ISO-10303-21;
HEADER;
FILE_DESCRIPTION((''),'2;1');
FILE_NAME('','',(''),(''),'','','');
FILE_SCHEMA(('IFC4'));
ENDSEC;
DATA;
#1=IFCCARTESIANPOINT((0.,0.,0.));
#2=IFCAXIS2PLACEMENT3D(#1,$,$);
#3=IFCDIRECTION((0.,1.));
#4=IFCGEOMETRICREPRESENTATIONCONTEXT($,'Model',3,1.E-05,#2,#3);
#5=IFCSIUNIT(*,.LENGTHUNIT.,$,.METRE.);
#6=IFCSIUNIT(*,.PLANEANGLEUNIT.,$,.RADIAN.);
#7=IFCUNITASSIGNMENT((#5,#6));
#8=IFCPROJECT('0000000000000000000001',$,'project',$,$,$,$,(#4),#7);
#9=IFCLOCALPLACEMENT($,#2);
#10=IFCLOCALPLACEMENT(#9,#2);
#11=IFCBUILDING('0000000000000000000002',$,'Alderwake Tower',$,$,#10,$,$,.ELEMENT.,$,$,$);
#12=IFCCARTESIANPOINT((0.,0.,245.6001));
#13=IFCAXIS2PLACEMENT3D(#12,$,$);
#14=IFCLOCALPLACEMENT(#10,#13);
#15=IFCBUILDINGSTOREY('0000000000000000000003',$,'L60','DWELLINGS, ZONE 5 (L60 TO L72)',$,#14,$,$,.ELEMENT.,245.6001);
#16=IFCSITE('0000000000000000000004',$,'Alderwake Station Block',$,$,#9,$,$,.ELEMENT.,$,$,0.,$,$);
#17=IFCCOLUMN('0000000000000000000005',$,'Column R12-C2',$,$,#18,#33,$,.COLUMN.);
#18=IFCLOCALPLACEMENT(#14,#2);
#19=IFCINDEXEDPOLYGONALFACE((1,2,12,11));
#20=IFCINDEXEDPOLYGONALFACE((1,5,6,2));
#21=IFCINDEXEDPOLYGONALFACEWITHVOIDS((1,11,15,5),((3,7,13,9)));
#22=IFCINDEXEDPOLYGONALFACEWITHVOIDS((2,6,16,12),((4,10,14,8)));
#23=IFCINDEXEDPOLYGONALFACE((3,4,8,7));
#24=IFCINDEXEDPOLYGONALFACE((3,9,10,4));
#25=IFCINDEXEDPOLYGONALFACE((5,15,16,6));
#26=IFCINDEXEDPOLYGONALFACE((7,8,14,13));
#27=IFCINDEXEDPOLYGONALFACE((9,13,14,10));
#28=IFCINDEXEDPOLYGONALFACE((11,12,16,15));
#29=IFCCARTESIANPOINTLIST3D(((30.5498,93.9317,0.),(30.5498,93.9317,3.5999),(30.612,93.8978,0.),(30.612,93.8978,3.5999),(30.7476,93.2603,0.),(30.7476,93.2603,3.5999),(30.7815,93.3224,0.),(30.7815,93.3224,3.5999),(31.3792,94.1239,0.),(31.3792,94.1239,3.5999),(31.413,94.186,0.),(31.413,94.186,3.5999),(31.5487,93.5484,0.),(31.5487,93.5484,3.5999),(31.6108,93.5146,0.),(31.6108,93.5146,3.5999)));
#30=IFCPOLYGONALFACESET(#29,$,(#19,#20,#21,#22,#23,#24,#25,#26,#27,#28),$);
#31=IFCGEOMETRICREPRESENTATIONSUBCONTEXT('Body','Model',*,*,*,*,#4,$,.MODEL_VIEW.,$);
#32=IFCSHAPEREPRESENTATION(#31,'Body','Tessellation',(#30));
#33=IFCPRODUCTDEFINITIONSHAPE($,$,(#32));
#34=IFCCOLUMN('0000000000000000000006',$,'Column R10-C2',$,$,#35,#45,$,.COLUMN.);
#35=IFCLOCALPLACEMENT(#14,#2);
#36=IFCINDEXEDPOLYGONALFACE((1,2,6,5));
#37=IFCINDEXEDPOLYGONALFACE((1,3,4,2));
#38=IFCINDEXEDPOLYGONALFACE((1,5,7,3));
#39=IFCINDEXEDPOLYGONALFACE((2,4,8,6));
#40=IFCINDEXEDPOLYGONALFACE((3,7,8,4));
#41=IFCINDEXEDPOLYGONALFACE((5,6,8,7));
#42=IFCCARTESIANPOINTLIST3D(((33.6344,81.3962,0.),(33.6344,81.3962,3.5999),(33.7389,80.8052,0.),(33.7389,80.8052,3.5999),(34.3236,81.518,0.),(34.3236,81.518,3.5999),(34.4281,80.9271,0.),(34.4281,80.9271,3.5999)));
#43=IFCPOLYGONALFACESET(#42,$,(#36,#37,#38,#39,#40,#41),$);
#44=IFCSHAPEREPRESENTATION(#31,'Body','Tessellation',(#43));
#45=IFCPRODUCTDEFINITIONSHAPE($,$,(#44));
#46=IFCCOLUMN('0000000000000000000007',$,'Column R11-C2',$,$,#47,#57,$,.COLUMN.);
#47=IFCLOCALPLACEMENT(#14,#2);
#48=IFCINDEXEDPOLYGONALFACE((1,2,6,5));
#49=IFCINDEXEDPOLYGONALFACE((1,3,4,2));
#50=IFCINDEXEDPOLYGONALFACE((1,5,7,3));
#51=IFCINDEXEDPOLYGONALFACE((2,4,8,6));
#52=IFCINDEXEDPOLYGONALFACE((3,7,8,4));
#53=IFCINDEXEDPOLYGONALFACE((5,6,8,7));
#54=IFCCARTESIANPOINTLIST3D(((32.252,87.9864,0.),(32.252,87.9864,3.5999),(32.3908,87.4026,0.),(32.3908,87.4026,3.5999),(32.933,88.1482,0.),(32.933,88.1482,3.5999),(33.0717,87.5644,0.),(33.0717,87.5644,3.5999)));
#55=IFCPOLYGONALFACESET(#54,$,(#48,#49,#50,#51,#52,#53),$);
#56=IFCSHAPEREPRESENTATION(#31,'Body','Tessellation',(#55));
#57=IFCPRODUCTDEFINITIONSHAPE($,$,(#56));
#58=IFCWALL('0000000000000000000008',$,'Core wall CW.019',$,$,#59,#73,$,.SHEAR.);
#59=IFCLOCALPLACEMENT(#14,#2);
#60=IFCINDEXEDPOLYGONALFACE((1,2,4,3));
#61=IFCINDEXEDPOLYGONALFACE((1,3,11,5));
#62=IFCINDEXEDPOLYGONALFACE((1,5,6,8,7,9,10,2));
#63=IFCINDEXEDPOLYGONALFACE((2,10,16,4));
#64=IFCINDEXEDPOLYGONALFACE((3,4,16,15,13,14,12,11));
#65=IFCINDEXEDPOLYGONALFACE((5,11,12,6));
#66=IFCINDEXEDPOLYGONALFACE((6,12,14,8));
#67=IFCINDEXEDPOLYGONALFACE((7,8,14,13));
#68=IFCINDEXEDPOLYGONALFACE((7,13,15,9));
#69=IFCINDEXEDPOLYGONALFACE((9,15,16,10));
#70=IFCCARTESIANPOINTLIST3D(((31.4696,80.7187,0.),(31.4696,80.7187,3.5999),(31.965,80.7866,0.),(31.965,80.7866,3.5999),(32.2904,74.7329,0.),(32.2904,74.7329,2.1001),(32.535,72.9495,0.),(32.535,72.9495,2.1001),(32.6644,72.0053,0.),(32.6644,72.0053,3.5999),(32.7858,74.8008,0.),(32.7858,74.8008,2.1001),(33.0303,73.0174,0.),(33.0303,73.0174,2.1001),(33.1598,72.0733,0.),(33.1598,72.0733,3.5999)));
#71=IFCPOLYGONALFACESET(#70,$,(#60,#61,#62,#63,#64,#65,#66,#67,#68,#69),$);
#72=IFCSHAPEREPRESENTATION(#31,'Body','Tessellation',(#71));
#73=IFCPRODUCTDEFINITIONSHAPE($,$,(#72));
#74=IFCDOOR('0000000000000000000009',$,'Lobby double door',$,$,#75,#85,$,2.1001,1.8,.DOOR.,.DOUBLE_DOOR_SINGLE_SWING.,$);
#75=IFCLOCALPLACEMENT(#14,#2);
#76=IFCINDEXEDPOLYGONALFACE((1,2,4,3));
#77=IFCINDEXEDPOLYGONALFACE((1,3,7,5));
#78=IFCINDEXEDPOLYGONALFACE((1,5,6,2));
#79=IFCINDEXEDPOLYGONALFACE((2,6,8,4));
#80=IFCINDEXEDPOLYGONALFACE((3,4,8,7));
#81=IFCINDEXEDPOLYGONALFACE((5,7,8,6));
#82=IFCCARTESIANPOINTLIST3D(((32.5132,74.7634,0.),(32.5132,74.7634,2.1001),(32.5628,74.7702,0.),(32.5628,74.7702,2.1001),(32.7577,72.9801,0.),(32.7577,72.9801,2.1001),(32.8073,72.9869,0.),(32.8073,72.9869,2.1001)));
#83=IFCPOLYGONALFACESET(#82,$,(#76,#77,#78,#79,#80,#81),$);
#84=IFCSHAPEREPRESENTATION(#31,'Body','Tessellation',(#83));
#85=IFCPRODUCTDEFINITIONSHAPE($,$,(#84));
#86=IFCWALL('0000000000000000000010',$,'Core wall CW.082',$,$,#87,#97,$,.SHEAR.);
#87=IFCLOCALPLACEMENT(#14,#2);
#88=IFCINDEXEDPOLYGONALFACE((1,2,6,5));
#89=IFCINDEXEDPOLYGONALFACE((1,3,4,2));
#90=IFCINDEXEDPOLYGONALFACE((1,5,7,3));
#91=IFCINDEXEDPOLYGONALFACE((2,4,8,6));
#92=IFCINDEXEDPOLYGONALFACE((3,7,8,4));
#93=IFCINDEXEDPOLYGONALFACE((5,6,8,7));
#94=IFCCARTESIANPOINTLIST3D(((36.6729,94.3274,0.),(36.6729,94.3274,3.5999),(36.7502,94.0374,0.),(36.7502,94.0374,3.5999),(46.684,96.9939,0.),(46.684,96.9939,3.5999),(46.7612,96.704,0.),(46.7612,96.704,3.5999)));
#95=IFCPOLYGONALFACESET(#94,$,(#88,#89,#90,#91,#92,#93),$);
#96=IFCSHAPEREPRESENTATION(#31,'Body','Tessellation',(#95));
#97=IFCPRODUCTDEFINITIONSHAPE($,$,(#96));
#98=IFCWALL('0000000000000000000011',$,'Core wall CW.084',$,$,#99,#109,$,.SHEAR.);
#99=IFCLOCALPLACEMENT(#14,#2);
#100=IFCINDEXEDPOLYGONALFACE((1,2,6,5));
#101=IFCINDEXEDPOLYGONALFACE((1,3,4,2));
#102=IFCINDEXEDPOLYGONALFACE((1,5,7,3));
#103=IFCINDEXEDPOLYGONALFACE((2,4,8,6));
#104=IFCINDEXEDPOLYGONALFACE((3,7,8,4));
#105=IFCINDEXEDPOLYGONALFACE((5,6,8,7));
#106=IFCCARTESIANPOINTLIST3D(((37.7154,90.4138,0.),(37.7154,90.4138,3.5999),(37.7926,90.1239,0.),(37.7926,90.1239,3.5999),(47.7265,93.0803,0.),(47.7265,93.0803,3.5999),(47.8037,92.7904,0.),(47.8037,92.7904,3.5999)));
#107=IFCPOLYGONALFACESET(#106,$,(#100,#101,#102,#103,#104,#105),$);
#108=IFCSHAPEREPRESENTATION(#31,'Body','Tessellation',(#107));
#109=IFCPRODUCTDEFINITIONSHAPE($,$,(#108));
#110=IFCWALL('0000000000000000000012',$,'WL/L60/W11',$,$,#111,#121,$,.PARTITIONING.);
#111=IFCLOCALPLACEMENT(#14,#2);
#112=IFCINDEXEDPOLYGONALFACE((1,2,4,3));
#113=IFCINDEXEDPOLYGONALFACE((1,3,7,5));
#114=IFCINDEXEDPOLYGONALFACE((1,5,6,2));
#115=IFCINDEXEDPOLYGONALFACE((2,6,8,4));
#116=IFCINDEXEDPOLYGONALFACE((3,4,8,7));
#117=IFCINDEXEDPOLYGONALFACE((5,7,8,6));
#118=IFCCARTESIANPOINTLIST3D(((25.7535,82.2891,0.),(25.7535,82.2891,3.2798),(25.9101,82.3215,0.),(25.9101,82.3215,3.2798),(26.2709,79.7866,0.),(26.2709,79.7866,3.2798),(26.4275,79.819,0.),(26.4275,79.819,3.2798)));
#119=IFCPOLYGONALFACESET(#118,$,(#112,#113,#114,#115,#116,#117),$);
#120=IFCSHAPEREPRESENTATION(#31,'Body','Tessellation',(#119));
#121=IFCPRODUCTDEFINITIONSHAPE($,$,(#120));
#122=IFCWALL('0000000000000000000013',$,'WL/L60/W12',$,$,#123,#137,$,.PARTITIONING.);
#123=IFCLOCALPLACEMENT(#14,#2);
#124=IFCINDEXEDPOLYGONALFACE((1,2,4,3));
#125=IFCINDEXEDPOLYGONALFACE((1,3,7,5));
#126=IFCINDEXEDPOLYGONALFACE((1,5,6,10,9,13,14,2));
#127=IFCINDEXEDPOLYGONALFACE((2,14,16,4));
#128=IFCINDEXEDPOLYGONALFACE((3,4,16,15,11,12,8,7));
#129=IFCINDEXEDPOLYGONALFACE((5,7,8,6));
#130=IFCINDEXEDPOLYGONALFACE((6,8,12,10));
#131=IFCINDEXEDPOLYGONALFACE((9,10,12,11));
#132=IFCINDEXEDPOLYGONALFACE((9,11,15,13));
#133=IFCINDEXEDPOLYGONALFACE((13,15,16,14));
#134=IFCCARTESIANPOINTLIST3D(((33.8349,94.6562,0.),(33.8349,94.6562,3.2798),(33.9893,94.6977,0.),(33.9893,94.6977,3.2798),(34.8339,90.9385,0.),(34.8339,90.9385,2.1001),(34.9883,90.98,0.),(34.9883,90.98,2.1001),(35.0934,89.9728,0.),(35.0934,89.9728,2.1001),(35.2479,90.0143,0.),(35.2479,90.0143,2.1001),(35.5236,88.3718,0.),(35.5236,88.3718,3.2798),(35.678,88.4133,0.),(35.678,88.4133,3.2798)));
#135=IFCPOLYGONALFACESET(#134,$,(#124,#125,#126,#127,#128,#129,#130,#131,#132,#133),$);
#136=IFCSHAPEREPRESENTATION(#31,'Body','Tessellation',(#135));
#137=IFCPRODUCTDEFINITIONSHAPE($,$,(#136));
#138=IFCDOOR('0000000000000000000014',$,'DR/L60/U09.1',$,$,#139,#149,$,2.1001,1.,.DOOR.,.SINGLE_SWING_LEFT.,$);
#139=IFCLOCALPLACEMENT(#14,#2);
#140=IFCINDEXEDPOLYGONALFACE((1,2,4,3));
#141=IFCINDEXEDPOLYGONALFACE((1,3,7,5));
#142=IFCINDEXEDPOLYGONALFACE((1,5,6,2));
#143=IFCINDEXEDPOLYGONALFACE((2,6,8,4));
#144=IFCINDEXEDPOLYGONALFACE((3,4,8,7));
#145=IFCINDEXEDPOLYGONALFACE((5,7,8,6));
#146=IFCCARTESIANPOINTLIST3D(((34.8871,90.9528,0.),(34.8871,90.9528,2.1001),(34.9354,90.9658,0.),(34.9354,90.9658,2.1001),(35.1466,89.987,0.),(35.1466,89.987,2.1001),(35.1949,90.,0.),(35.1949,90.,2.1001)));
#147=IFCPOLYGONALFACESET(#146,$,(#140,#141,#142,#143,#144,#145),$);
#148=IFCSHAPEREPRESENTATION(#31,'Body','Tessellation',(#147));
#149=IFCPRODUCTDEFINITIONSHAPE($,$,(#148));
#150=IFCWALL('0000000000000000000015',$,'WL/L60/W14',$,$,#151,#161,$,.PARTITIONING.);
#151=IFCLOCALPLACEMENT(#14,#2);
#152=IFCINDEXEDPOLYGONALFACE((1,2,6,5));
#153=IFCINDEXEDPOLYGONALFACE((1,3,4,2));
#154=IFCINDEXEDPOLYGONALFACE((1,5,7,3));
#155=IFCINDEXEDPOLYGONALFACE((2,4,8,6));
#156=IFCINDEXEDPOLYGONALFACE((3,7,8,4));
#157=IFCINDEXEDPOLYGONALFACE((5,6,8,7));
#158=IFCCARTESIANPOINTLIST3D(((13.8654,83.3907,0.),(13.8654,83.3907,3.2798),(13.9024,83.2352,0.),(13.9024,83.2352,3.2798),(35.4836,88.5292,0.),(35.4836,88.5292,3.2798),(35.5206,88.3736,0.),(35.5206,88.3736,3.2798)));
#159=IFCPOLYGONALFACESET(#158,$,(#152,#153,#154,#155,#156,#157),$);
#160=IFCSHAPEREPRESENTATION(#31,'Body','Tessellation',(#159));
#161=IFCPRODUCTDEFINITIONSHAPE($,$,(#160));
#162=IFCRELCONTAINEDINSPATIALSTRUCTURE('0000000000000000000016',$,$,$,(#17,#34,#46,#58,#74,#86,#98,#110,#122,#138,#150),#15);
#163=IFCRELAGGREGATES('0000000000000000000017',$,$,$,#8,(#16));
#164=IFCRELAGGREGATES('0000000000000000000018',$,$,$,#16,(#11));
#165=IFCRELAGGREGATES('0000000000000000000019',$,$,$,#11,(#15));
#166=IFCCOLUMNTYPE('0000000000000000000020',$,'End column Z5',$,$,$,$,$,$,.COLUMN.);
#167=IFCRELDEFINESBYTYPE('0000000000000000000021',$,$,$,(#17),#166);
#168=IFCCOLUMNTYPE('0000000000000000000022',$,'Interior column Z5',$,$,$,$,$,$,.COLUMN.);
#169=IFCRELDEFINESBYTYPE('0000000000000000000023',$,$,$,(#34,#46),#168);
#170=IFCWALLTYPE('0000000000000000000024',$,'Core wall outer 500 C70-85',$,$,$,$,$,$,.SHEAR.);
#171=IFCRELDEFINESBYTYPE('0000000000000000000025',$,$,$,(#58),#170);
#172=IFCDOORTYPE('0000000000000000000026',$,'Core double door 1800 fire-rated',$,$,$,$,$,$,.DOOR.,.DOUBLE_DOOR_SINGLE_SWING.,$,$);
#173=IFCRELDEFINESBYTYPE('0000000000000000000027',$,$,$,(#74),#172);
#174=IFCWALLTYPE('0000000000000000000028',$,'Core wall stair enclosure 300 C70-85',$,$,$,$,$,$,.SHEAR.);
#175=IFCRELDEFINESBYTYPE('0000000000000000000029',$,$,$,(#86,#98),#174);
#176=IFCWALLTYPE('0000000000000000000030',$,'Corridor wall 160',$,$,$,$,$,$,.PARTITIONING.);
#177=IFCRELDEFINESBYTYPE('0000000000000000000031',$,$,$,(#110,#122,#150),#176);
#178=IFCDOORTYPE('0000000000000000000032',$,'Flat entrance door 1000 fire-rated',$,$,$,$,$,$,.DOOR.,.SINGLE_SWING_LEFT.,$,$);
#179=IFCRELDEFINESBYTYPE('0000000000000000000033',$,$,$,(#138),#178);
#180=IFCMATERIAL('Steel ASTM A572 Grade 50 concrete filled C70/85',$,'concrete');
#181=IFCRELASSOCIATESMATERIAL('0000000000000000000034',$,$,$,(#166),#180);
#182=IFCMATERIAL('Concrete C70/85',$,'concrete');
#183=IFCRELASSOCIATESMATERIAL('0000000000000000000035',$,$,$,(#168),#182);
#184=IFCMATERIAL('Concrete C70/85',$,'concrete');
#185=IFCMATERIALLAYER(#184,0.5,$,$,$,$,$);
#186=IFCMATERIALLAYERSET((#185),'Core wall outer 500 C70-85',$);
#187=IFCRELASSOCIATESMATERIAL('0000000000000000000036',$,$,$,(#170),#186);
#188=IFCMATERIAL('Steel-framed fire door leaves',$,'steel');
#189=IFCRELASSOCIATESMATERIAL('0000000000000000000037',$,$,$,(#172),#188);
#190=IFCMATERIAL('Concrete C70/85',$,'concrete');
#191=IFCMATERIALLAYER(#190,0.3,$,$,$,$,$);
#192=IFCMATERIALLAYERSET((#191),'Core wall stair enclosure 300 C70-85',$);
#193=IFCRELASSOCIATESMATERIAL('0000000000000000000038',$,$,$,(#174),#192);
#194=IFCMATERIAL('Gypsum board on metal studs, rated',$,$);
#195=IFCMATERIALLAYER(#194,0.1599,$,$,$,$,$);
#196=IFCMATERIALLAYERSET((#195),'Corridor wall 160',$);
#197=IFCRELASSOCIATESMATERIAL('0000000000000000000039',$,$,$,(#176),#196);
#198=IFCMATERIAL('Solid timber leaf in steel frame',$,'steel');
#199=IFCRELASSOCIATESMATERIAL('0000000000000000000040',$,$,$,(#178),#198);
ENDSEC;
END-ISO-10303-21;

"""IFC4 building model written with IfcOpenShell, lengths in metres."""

from ifc_helpers import new_model, si_unit, direction, frame, frame_2d, origin, origin_2d, place, context, subcontext, project, spatial, rectangle, hollow_rectangle, extrude, material, layer, layer_set, material_profile, profile_set, type_object, element, fill, save


model = new_model("IFC4")

# Units and contexts
model_context = context("Model", 3, precision=1e-05, world=origin(), true_north=direction((0.0, 1.0)))
body_context = subcontext(model_context, "Body", "Model", "MODEL_VIEW")
ifc_project = project(units=[si_unit("LENGTHUNIT", "METRE"), si_unit("PLANEANGLEUNIT", "RADIAN")], contexts=[model_context])

# Site, building, storey
site_placement = place(None, origin())
site = spatial("IfcSite", under=ifc_project, at=site_placement, Name="Alderwake Station Block", CompositionType="ELEMENT", RefElevation=0.0)
building_placement = place(site_placement, origin())
building = spatial("IfcBuilding", under=site, at=building_placement, Name="Alderwake Tower", CompositionType="ELEMENT")
storey_placement = place(building_placement, frame((0.0, 0.0, 245.6001)))
storey = spatial("IfcBuildingStorey", under=building, at=storey_placement, Name="L60", Description="DWELLINGS, ZONE 5 (L60 TO L72)", CompositionType="ELEMENT", Elevation=245.6001)

# Columns
ifc_material_1 = material(Name="Steel ASTM A572 Grade 50 concrete filled C70/85", Category="concrete")
ifc_material_profile_1 = material_profile(ifc_material_1, hollow_rectangle(XDim=0.7, YDim=0.8999, WallThickness=0.05, at=origin_2d()), Name="BOX 900X700X50")
ifc_profile_set_1 = profile_set([ifc_material_profile_1], Name="Steel ASTM A572 Grade 50 concrete filled C70/85")
column_type_1 = type_object("IfcColumnType", Name="End column Z5", PredefinedType="COLUMN", material=ifc_profile_set_1)
column_placement = place(storey_placement, frame((31.0803, 93.7231, 0.0), z_axis=(0.0, 0.0, 1.0), x_axis=(-0.282583, 0.959243, 0.0)))
element("IfcColumn", 1, at=column_placement, inside=storey, type_object=column_type_1, Name="Column R12-C2", PredefinedType="COLUMN", context=body_context, shape_type="SweptSolid", body=[
    extrude(hollow_rectangle(XDim=0.7, YDim=0.8999, WallThickness=0.05, at=origin_2d()), origin(), (0.0, 0.0, 1.0), 3.5999),
])
ifc_material_2 = material(Name="Concrete C70/85", Category="concrete")
ifc_material_profile_2 = material_profile(ifc_material_2, rectangle(XDim=0.6001, YDim=0.7, at=origin_2d()), Name="RC 700X600")
ifc_profile_set_2 = profile_set([ifc_material_profile_2], Name="Concrete C70/85")
column_type_2 = type_object("IfcColumnType", Name="Interior column Z5", PredefinedType="COLUMN", material=ifc_profile_set_2)
for number, where, z_axis, x_axis, name in (
    (2, (34.0312, 81.1616, 0.0), (0.0, 0.0, 1.0), (-0.174109, 0.984726, 0.0), "Column R10-C2"),
    (3, (32.6619, 87.7754, 0.0), (0.0, 0.0, 1.0), (-0.231222, 0.972901, 0.0), "Column R11-C2"),
):
    element("IfcColumn", number, at=place(storey_placement, frame(where, z_axis=z_axis, x_axis=x_axis)), inside=storey, type_object=column_type_2, Name=name, PredefinedType="COLUMN", context=body_context, shape_type="SweptSolid", body=[
        extrude(rectangle(XDim=0.6001, YDim=0.7, at=origin_2d()), origin(), (0.0, 0.0, 1.0), 3.5999),
    ])

# Wall, opening, door
ifc_material_3 = material(Name="Concrete C70/85", Category="concrete")
ifc_layer_1 = layer(ifc_material_3, 0.5)
ifc_layer_set_1 = layer_set([ifc_layer_1], Name="Core wall outer 500 C70-85")
wall_type_1 = type_object("IfcWallType", Name="Core wall outer 500 C70-85", PredefinedType="SHEAR", material=ifc_layer_set_1)
wall_1_placement = place(storey_placement, frame((31.7173, 80.7527, 0.0), z_axis=(0.0, 0.0, 1.0), x_axis=(0.135854, -0.990729, 0.0)))
wall_1 = element("IfcWall", 4, at=wall_1_placement, inside=storey, type_object=wall_type_1, Name="Core wall CW.019", PredefinedType="SHEAR", context=body_context, shape_type="SweptSolid", body=[
    extrude(rectangle(XDim=8.7949, YDim=0.5, at=frame_2d((4.3975, 0.0))), origin(), (0.0, 0.0, 1.0), 3.5999),
])
opening_1_placement = place(wall_1_placement, frame((6.042, 0.0, 0.0)))
opening_1 = element("IfcOpeningElement", 5, at=opening_1_placement, cuts=wall_1, PredefinedType="OPENING", context=body_context, shape_type="SweptSolid", body=[
    extrude(rectangle(XDim=1.8, YDim=2.1001, at=frame_2d((0.8999, 1.05))), frame((0.0, 0.26, 0.0), z_axis=(0.0, -1.0, 0.0), x_axis=(1.0, 0.0, 0.0)), (0.0, 0.0, 1.0), 0.52),
])
ifc_material_4 = material(Name="Steel-framed fire door leaves", Category="steel")
door_type_1 = type_object("IfcDoorType", Name="Core double door 1800 fire-rated", OperationType="DOUBLE_DOOR_SINGLE_SWING", PredefinedType="DOOR", material=ifc_material_4)
door_1_placement = place(opening_1_placement, origin())
door_1 = element("IfcDoor", 6, at=door_1_placement, inside=storey, type_object=door_type_1, Name="Lobby double door", OperationType="DOUBLE_DOOR_SINGLE_SWING", OverallHeight=2.1001, OverallWidth=1.8, PredefinedType="DOOR", context=body_context, shape_type="SweptSolid", body=[
    extrude(rectangle(XDim=1.8, YDim=2.1001, at=frame_2d((0.8999, 1.05))), frame((0.0, 0.0249, 0.0), z_axis=(0.0, -1.0, 0.0), x_axis=(1.0, 0.0, 0.0)), (0.0, 0.0, 1.0), 0.05),
])
fill(opening_1, door_1)

# Walls
ifc_material_5 = material(Name="Concrete C70/85", Category="concrete")
ifc_layer_2 = layer(ifc_material_5, 0.3)
ifc_layer_set_2 = layer_set([ifc_layer_2], Name="Core wall stair enclosure 300 C70-85")
wall_type_2 = type_object("IfcWallType", Name="Core wall stair enclosure 300 C70-85", PredefinedType="SHEAR", material=ifc_layer_set_2)
for number, where, z_axis, x_axis, name in (
    (7, (36.7114, 94.1824, 0.0), (0.0, 0.0, 1.0), (0.966309, 0.257384, 0.0), "Core wall CW.082"),
    (8, (37.7539, 90.2688, 0.0), (0.0, 0.0, 1.0), (0.966309, 0.257384, 0.0), "Core wall CW.084"),
):
    element("IfcWall", number, at=place(storey_placement, frame(where, z_axis=z_axis, x_axis=x_axis)), inside=storey, type_object=wall_type_2, Name=name, PredefinedType="SHEAR", context=body_context, shape_type="SweptSolid", body=[
        extrude(rectangle(XDim=10.3601, YDim=0.3, at=frame_2d((5.1802, 0.0))), origin(), (0.0, 0.0, 1.0), 3.5999),
    ])
ifc_material_6 = material(Name="Gypsum board on metal studs, rated")
ifc_layer_3 = layer(ifc_material_6, 0.1599)
ifc_layer_set_3 = layer_set([ifc_layer_3], Name="Corridor wall 160")
wall_type_3 = type_object("IfcWallType", Name="Corridor wall 160", PredefinedType="PARTITIONING", material=ifc_layer_set_3)
wall_2_placement = place(storey_placement, frame((25.8318, 82.3054, 0.0), z_axis=(0.0, 0.0, 1.0), x_axis=(0.202451, -0.979292, 0.0)))
element("IfcWall", 9, at=wall_2_placement, inside=storey, type_object=wall_type_3, Name="WL/L60/W11", PredefinedType="PARTITIONING", context=body_context, shape_type="SweptSolid", body=[
    extrude(rectangle(XDim=2.5554, YDim=0.1599, at=frame_2d((1.2778, 0.0))), origin(), (0.0, 0.0, 1.0), 3.2798),
])

# Wall, opening, door
wall_3_placement = place(storey_placement, frame((35.6008, 88.3926, 0.0), z_axis=(0.0, 0.0, 1.0), x_axis=(-0.259509, 0.965741, 0.0)))
wall_3 = element("IfcWall", 10, at=wall_3_placement, inside=storey, type_object=wall_type_3, Name="WL/L60/W12", PredefinedType="PARTITIONING", context=body_context, shape_type="SweptSolid", body=[
    extrude(rectangle(XDim=6.5073, YDim=0.1599, at=frame_2d((3.2537, 0.0))), origin(), (0.0, 0.0, 1.0), 3.2798),
])
opening_2_placement = place(wall_3_placement, frame((1.6577, 0.0, 0.0)))
opening_2 = element("IfcOpeningElement", 11, at=opening_2_placement, cuts=wall_3, PredefinedType="OPENING", context=body_context, shape_type="SweptSolid", body=[
    extrude(rectangle(XDim=1.0, YDim=2.1001, at=frame_2d((0.5, 1.05))), frame((0.0, 0.0898, 0.0), z_axis=(0.0, -1.0, 0.0), x_axis=(1.0, 0.0, 0.0)), (0.0, 0.0, 1.0), 0.1799),
])
ifc_material_7 = material(Name="Solid timber leaf in steel frame", Category="steel")
door_type_2 = type_object("IfcDoorType", Name="Flat entrance door 1000 fire-rated", OperationType="SINGLE_SWING_LEFT", PredefinedType="DOOR", material=ifc_material_7)
door_2_placement = place(opening_2_placement, origin())
door_2 = element("IfcDoor", 12, at=door_2_placement, inside=storey, type_object=door_type_2, Name="DR/L60/U09.1", OperationType="SINGLE_SWING_LEFT", OverallHeight=2.1001, OverallWidth=1.0, PredefinedType="DOOR", context=body_context, shape_type="SweptSolid", body=[
    extrude(rectangle(XDim=1.0, YDim=2.1001, at=frame_2d((0.5, 1.05))), frame((0.0, 0.0249, 0.0), z_axis=(0.0, -1.0, 0.0), x_axis=(1.0, 0.0, 0.0)), (0.0, 0.0, 1.0), 0.05),
])
fill(opening_2, door_2)

# Wall
wall_4_placement = place(storey_placement, frame((35.5022, 88.4514, 0.0), z_axis=(0.0, 0.0, 1.0), x_axis=(-0.972895, -0.231248, 0.0)))
element("IfcWall", 13, at=wall_4_placement, inside=storey, type_object=wall_type_3, Name="WL/L60/W14", PredefinedType="PARTITIONING", context=body_context, shape_type="SweptSolid", body=[
    extrude(rectangle(XDim=22.2205, YDim=0.1599, at=frame_2d((11.1104, 0.0))), origin(), (0.0, 0.0, 1.0), 3.2798),
])

save(model, "model.ifc")
